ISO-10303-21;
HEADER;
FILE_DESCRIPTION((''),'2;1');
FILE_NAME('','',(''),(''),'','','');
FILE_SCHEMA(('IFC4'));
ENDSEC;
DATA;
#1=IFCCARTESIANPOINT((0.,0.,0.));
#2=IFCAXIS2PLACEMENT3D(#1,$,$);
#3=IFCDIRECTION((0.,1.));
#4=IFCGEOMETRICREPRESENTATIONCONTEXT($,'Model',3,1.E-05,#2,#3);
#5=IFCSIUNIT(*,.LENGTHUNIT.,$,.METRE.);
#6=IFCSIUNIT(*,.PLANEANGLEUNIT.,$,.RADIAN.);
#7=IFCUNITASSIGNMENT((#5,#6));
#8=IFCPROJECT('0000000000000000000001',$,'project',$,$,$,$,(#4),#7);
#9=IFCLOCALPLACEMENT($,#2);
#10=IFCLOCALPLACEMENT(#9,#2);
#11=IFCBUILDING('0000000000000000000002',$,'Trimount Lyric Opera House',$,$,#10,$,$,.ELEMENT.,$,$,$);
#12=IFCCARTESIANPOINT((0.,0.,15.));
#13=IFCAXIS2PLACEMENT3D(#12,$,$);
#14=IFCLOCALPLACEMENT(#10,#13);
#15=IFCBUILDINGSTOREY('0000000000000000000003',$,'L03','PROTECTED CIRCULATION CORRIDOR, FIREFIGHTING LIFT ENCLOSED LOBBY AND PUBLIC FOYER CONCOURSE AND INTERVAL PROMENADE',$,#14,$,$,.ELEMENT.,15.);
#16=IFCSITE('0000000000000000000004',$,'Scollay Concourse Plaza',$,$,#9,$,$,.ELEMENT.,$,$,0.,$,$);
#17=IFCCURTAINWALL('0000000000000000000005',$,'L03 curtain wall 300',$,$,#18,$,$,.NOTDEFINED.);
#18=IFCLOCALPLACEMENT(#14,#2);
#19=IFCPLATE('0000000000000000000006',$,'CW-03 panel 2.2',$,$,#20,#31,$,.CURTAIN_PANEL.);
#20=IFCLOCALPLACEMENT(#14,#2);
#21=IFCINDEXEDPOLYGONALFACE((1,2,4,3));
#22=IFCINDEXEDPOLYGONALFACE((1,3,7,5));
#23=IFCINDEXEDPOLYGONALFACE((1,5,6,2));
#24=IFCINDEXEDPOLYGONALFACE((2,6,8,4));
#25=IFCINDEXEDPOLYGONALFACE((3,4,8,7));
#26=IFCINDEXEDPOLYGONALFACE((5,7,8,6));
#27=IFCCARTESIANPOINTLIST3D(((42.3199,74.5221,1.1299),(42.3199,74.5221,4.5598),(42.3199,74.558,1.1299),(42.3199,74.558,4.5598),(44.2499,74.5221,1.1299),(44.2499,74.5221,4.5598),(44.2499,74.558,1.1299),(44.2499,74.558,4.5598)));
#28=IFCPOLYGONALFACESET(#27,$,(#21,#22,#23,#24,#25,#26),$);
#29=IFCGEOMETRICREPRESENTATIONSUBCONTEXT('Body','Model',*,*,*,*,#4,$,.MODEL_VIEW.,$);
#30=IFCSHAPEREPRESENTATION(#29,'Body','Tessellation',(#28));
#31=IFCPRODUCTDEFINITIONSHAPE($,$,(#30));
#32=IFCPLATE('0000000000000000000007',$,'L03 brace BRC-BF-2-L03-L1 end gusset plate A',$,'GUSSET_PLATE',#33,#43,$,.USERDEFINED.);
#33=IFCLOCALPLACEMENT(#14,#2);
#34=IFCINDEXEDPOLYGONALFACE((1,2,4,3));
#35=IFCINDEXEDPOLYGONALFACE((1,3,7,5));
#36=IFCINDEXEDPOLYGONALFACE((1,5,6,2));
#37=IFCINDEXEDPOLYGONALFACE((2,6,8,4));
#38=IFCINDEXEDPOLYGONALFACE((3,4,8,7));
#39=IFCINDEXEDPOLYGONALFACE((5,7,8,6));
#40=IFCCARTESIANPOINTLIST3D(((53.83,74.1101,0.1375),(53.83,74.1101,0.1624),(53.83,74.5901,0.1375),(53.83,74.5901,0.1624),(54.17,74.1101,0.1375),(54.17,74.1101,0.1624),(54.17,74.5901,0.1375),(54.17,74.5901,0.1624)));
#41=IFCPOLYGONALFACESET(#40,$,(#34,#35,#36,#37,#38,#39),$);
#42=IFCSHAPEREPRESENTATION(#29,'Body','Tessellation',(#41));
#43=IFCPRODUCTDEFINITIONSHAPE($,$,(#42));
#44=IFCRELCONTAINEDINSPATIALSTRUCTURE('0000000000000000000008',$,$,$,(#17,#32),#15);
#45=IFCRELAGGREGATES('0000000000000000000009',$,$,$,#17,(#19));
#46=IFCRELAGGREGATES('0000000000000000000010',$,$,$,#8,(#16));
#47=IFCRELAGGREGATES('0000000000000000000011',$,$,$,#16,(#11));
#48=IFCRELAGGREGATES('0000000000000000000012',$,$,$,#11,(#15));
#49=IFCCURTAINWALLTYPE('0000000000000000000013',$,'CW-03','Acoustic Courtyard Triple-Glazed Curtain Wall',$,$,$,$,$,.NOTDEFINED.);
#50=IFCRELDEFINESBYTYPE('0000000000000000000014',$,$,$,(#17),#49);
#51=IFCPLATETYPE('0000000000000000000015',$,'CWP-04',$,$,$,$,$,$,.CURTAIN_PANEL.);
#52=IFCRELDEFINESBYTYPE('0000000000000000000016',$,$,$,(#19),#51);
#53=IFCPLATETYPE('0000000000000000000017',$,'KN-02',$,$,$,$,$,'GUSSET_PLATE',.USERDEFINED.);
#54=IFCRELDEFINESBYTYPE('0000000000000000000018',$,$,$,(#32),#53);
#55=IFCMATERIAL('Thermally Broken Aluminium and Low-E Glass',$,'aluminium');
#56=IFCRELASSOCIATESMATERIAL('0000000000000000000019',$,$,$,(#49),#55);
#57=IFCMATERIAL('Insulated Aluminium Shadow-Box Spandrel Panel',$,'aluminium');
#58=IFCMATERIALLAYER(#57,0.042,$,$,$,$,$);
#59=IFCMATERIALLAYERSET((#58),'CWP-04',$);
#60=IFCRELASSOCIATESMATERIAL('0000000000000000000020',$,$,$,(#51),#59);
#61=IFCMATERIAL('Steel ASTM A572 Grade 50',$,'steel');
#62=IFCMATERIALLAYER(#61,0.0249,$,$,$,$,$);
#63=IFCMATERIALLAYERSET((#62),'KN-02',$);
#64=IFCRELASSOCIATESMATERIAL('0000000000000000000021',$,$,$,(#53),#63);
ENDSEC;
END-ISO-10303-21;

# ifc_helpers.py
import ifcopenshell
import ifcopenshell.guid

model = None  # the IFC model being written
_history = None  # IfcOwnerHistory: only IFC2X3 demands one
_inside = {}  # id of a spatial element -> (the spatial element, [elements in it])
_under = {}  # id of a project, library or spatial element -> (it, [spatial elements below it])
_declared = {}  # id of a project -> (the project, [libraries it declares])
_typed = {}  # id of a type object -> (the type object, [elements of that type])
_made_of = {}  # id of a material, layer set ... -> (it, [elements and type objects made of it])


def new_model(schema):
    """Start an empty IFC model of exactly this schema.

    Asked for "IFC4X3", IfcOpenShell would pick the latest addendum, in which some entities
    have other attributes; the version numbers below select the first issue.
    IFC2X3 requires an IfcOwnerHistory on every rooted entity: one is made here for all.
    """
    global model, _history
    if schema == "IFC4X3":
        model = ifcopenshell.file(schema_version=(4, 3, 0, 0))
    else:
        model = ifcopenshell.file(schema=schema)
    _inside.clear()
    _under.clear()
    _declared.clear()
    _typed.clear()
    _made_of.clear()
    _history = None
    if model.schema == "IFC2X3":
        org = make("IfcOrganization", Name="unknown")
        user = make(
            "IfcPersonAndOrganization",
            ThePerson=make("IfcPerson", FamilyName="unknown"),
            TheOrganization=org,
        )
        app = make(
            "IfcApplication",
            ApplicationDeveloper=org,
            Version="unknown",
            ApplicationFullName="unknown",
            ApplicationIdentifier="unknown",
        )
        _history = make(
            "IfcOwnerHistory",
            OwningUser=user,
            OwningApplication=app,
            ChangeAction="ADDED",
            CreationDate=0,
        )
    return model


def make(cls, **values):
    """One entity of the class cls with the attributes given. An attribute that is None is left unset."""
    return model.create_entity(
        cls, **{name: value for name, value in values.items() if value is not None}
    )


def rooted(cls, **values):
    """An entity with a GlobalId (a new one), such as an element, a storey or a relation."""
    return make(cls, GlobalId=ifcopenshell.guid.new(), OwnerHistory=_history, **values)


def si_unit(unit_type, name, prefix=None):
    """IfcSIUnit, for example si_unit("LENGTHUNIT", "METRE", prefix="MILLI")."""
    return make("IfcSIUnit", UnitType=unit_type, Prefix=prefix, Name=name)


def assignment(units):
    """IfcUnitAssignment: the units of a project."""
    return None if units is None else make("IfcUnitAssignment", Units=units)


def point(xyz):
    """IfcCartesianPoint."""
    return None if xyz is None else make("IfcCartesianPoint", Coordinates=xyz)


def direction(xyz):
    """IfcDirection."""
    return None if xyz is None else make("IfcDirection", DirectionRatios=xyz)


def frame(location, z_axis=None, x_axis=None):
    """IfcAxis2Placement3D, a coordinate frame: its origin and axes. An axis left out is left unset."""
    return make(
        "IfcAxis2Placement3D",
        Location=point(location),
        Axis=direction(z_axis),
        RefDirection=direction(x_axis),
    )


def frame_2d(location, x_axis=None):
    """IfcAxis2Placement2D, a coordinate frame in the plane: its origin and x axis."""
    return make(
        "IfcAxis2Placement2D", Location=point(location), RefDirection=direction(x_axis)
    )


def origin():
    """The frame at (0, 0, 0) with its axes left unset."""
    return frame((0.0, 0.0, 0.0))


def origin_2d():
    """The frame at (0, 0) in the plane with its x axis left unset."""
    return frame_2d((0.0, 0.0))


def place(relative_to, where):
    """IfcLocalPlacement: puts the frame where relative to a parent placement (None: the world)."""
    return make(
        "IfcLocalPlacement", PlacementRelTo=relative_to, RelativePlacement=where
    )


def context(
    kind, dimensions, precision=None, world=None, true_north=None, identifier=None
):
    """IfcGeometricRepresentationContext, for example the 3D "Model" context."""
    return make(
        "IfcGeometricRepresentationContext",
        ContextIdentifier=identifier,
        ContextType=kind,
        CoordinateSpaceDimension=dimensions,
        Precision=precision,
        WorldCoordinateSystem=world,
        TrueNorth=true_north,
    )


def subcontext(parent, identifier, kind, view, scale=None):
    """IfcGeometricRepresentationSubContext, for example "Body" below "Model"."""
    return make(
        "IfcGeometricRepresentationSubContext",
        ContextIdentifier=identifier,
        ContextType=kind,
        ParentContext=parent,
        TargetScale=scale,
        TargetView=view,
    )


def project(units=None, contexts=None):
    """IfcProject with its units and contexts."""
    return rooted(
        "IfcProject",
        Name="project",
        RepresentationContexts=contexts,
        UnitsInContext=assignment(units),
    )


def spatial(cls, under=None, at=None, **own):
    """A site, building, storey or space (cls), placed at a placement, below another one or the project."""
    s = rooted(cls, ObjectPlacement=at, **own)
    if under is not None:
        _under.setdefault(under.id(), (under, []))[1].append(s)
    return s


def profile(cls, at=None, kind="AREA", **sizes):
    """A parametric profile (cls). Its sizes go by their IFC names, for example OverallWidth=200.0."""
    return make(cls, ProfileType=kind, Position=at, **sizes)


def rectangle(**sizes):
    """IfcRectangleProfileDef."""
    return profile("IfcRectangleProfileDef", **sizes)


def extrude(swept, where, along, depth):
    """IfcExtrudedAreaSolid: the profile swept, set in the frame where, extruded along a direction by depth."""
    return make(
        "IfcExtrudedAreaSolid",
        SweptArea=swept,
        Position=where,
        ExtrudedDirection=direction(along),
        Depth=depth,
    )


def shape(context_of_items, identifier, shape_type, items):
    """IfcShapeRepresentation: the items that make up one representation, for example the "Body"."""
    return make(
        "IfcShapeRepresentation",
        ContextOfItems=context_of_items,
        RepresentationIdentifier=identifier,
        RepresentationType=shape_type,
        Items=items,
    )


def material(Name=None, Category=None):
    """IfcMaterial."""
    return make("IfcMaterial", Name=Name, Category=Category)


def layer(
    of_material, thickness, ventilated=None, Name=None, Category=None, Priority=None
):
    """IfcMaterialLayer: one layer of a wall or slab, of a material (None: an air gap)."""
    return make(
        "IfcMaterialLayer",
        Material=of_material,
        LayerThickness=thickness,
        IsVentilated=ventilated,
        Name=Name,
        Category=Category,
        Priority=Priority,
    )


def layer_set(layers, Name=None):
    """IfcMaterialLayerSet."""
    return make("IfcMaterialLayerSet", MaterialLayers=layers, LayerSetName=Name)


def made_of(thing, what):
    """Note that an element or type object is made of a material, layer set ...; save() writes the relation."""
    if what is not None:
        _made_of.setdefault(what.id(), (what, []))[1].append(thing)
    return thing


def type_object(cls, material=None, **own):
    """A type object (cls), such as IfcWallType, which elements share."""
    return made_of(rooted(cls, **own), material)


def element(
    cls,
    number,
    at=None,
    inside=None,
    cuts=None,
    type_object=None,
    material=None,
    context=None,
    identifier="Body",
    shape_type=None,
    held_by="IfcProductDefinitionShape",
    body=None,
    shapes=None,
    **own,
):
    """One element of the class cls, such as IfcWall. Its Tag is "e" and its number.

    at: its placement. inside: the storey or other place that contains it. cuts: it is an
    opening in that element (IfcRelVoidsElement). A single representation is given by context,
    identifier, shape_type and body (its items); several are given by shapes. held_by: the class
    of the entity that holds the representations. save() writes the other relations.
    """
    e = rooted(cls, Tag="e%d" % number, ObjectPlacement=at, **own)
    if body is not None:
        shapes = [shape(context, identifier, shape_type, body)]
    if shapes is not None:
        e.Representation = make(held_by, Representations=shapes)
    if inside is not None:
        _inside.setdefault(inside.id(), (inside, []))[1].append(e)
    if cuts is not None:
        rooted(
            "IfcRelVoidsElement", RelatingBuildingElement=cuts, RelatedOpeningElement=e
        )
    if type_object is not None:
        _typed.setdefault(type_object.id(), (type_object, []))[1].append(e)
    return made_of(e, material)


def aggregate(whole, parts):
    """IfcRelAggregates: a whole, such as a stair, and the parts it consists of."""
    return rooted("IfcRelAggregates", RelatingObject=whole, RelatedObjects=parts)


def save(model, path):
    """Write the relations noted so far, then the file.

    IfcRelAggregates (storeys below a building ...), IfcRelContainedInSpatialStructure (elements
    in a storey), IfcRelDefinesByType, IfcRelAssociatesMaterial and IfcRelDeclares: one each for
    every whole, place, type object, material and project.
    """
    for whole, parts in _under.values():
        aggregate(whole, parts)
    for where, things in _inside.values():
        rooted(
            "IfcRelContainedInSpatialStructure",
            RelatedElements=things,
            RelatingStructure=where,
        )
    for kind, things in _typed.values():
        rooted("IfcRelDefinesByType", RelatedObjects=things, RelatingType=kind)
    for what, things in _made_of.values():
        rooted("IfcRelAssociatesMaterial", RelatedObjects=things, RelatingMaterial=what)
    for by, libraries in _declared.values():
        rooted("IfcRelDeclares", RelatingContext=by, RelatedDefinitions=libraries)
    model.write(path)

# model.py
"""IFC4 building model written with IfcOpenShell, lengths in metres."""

from ifc_helpers import new_model, si_unit, direction, frame, origin, origin_2d, place, context, subcontext, project, spatial, rectangle, extrude, material, layer, layer_set, type_object, element, aggregate, save


model = new_model("IFC4")

# Units and contexts
model_context = context("Model", 3, precision=1e-05, world=origin(), true_north=direction((0.0, 1.0)))
body_context = subcontext(model_context, "Body", "Model", "MODEL_VIEW")
ifc_project = project(units=[si_unit("LENGTHUNIT", "METRE"), si_unit("PLANEANGLEUNIT", "RADIAN")], contexts=[model_context])

# Site, building, storey
site_placement = place(None, origin())
site = spatial("IfcSite", under=ifc_project, at=site_placement, Name="Scollay Concourse Plaza", CompositionType="ELEMENT", RefElevation=0.0)
building_placement = place(site_placement, origin())
building = spatial("IfcBuilding", under=site, at=building_placement, Name="Trimount Lyric Opera House", CompositionType="ELEMENT")
storey_placement = place(building_placement, frame((0.0, 0.0, 15.0)))
storey = spatial("IfcBuildingStorey", under=building, at=storey_placement, Name="L03", Description="PROTECTED CIRCULATION CORRIDOR, FIREFIGHTING LIFT ENCLOSED LOBBY AND PUBLIC FOYER CONCOURSE AND INTERVAL PROMENADE", CompositionType="ELEMENT", Elevation=15.0)

# Curtain wall
ifc_material_1 = material(Name="Thermally Broken Aluminium and Low-E Glass", Category="aluminium")
curtain_wall_type = type_object("IfcCurtainWallType", Name="CW-03", Description="Acoustic Courtyard Triple-Glazed Curtain Wall", PredefinedType="NOTDEFINED", material=ifc_material_1)
curtain_wall_1_placement = place(storey_placement, origin())
curtain_wall_1 = element("IfcCurtainWall", 1, at=curtain_wall_1_placement, inside=storey, type_object=curtain_wall_type, Name="L03 curtain wall 300", PredefinedType="NOTDEFINED")

# Plates
ifc_material_2 = material(Name="Insulated Aluminium Shadow-Box Spandrel Panel", Category="aluminium")
ifc_layer_1 = layer(ifc_material_2, 0.042)
ifc_layer_set_1 = layer_set([ifc_layer_1], Name="CWP-04")
plate_type_1 = type_object("IfcPlateType", Name="CWP-04", PredefinedType="CURTAIN_PANEL", material=ifc_layer_set_1)
plate_1_placement = place(storey_placement, frame((43.2849, 74.54, 1.1299), z_axis=(0.0, 0.0, 1.0), x_axis=(1.0, 0.0, 0.0)))
plate_1 = element("IfcPlate", 2, at=plate_1_placement, type_object=plate_type_1, Name="CW-03 panel 2.2", PredefinedType="CURTAIN_PANEL", context=body_context, shape_type="SweptSolid", body=[
    extrude(rectangle(XDim=1.9299, YDim=0.0359, at=origin_2d()), origin(), (0.0, 0.0, 1.0), 3.4299),
])
aggregate(curtain_wall_1, [plate_1])
ifc_material_3 = material(Name="Steel ASTM A572 Grade 50", Category="steel")
ifc_layer_2 = layer(ifc_material_3, 0.0249)
ifc_layer_set_2 = layer_set([ifc_layer_2], Name="KN-02")
plate_type_2 = type_object("IfcPlateType", Name="KN-02", ElementType="GUSSET_PLATE", PredefinedType="USERDEFINED", material=ifc_layer_set_2)
plate_2_placement = place(storey_placement, frame((54.0, 74.3501, 0.1375), z_axis=(0.0, 0.0, 1.0), x_axis=(0.0, 1.0, 0.0)))
element("IfcPlate", 3, at=plate_2_placement, inside=storey, type_object=plate_type_2, Name="L03 brace BRC-BF-2-L03-L1 end gusset plate A", ObjectType="GUSSET_PLATE", PredefinedType="USERDEFINED", context=body_context, shape_type="SweptSolid", body=[
    extrude(rectangle(XDim=0.48, YDim=0.3401, at=origin_2d()), origin(), (0.0, 0.0, 1.0), 0.0249),
])

save(model, "model.ifc")
